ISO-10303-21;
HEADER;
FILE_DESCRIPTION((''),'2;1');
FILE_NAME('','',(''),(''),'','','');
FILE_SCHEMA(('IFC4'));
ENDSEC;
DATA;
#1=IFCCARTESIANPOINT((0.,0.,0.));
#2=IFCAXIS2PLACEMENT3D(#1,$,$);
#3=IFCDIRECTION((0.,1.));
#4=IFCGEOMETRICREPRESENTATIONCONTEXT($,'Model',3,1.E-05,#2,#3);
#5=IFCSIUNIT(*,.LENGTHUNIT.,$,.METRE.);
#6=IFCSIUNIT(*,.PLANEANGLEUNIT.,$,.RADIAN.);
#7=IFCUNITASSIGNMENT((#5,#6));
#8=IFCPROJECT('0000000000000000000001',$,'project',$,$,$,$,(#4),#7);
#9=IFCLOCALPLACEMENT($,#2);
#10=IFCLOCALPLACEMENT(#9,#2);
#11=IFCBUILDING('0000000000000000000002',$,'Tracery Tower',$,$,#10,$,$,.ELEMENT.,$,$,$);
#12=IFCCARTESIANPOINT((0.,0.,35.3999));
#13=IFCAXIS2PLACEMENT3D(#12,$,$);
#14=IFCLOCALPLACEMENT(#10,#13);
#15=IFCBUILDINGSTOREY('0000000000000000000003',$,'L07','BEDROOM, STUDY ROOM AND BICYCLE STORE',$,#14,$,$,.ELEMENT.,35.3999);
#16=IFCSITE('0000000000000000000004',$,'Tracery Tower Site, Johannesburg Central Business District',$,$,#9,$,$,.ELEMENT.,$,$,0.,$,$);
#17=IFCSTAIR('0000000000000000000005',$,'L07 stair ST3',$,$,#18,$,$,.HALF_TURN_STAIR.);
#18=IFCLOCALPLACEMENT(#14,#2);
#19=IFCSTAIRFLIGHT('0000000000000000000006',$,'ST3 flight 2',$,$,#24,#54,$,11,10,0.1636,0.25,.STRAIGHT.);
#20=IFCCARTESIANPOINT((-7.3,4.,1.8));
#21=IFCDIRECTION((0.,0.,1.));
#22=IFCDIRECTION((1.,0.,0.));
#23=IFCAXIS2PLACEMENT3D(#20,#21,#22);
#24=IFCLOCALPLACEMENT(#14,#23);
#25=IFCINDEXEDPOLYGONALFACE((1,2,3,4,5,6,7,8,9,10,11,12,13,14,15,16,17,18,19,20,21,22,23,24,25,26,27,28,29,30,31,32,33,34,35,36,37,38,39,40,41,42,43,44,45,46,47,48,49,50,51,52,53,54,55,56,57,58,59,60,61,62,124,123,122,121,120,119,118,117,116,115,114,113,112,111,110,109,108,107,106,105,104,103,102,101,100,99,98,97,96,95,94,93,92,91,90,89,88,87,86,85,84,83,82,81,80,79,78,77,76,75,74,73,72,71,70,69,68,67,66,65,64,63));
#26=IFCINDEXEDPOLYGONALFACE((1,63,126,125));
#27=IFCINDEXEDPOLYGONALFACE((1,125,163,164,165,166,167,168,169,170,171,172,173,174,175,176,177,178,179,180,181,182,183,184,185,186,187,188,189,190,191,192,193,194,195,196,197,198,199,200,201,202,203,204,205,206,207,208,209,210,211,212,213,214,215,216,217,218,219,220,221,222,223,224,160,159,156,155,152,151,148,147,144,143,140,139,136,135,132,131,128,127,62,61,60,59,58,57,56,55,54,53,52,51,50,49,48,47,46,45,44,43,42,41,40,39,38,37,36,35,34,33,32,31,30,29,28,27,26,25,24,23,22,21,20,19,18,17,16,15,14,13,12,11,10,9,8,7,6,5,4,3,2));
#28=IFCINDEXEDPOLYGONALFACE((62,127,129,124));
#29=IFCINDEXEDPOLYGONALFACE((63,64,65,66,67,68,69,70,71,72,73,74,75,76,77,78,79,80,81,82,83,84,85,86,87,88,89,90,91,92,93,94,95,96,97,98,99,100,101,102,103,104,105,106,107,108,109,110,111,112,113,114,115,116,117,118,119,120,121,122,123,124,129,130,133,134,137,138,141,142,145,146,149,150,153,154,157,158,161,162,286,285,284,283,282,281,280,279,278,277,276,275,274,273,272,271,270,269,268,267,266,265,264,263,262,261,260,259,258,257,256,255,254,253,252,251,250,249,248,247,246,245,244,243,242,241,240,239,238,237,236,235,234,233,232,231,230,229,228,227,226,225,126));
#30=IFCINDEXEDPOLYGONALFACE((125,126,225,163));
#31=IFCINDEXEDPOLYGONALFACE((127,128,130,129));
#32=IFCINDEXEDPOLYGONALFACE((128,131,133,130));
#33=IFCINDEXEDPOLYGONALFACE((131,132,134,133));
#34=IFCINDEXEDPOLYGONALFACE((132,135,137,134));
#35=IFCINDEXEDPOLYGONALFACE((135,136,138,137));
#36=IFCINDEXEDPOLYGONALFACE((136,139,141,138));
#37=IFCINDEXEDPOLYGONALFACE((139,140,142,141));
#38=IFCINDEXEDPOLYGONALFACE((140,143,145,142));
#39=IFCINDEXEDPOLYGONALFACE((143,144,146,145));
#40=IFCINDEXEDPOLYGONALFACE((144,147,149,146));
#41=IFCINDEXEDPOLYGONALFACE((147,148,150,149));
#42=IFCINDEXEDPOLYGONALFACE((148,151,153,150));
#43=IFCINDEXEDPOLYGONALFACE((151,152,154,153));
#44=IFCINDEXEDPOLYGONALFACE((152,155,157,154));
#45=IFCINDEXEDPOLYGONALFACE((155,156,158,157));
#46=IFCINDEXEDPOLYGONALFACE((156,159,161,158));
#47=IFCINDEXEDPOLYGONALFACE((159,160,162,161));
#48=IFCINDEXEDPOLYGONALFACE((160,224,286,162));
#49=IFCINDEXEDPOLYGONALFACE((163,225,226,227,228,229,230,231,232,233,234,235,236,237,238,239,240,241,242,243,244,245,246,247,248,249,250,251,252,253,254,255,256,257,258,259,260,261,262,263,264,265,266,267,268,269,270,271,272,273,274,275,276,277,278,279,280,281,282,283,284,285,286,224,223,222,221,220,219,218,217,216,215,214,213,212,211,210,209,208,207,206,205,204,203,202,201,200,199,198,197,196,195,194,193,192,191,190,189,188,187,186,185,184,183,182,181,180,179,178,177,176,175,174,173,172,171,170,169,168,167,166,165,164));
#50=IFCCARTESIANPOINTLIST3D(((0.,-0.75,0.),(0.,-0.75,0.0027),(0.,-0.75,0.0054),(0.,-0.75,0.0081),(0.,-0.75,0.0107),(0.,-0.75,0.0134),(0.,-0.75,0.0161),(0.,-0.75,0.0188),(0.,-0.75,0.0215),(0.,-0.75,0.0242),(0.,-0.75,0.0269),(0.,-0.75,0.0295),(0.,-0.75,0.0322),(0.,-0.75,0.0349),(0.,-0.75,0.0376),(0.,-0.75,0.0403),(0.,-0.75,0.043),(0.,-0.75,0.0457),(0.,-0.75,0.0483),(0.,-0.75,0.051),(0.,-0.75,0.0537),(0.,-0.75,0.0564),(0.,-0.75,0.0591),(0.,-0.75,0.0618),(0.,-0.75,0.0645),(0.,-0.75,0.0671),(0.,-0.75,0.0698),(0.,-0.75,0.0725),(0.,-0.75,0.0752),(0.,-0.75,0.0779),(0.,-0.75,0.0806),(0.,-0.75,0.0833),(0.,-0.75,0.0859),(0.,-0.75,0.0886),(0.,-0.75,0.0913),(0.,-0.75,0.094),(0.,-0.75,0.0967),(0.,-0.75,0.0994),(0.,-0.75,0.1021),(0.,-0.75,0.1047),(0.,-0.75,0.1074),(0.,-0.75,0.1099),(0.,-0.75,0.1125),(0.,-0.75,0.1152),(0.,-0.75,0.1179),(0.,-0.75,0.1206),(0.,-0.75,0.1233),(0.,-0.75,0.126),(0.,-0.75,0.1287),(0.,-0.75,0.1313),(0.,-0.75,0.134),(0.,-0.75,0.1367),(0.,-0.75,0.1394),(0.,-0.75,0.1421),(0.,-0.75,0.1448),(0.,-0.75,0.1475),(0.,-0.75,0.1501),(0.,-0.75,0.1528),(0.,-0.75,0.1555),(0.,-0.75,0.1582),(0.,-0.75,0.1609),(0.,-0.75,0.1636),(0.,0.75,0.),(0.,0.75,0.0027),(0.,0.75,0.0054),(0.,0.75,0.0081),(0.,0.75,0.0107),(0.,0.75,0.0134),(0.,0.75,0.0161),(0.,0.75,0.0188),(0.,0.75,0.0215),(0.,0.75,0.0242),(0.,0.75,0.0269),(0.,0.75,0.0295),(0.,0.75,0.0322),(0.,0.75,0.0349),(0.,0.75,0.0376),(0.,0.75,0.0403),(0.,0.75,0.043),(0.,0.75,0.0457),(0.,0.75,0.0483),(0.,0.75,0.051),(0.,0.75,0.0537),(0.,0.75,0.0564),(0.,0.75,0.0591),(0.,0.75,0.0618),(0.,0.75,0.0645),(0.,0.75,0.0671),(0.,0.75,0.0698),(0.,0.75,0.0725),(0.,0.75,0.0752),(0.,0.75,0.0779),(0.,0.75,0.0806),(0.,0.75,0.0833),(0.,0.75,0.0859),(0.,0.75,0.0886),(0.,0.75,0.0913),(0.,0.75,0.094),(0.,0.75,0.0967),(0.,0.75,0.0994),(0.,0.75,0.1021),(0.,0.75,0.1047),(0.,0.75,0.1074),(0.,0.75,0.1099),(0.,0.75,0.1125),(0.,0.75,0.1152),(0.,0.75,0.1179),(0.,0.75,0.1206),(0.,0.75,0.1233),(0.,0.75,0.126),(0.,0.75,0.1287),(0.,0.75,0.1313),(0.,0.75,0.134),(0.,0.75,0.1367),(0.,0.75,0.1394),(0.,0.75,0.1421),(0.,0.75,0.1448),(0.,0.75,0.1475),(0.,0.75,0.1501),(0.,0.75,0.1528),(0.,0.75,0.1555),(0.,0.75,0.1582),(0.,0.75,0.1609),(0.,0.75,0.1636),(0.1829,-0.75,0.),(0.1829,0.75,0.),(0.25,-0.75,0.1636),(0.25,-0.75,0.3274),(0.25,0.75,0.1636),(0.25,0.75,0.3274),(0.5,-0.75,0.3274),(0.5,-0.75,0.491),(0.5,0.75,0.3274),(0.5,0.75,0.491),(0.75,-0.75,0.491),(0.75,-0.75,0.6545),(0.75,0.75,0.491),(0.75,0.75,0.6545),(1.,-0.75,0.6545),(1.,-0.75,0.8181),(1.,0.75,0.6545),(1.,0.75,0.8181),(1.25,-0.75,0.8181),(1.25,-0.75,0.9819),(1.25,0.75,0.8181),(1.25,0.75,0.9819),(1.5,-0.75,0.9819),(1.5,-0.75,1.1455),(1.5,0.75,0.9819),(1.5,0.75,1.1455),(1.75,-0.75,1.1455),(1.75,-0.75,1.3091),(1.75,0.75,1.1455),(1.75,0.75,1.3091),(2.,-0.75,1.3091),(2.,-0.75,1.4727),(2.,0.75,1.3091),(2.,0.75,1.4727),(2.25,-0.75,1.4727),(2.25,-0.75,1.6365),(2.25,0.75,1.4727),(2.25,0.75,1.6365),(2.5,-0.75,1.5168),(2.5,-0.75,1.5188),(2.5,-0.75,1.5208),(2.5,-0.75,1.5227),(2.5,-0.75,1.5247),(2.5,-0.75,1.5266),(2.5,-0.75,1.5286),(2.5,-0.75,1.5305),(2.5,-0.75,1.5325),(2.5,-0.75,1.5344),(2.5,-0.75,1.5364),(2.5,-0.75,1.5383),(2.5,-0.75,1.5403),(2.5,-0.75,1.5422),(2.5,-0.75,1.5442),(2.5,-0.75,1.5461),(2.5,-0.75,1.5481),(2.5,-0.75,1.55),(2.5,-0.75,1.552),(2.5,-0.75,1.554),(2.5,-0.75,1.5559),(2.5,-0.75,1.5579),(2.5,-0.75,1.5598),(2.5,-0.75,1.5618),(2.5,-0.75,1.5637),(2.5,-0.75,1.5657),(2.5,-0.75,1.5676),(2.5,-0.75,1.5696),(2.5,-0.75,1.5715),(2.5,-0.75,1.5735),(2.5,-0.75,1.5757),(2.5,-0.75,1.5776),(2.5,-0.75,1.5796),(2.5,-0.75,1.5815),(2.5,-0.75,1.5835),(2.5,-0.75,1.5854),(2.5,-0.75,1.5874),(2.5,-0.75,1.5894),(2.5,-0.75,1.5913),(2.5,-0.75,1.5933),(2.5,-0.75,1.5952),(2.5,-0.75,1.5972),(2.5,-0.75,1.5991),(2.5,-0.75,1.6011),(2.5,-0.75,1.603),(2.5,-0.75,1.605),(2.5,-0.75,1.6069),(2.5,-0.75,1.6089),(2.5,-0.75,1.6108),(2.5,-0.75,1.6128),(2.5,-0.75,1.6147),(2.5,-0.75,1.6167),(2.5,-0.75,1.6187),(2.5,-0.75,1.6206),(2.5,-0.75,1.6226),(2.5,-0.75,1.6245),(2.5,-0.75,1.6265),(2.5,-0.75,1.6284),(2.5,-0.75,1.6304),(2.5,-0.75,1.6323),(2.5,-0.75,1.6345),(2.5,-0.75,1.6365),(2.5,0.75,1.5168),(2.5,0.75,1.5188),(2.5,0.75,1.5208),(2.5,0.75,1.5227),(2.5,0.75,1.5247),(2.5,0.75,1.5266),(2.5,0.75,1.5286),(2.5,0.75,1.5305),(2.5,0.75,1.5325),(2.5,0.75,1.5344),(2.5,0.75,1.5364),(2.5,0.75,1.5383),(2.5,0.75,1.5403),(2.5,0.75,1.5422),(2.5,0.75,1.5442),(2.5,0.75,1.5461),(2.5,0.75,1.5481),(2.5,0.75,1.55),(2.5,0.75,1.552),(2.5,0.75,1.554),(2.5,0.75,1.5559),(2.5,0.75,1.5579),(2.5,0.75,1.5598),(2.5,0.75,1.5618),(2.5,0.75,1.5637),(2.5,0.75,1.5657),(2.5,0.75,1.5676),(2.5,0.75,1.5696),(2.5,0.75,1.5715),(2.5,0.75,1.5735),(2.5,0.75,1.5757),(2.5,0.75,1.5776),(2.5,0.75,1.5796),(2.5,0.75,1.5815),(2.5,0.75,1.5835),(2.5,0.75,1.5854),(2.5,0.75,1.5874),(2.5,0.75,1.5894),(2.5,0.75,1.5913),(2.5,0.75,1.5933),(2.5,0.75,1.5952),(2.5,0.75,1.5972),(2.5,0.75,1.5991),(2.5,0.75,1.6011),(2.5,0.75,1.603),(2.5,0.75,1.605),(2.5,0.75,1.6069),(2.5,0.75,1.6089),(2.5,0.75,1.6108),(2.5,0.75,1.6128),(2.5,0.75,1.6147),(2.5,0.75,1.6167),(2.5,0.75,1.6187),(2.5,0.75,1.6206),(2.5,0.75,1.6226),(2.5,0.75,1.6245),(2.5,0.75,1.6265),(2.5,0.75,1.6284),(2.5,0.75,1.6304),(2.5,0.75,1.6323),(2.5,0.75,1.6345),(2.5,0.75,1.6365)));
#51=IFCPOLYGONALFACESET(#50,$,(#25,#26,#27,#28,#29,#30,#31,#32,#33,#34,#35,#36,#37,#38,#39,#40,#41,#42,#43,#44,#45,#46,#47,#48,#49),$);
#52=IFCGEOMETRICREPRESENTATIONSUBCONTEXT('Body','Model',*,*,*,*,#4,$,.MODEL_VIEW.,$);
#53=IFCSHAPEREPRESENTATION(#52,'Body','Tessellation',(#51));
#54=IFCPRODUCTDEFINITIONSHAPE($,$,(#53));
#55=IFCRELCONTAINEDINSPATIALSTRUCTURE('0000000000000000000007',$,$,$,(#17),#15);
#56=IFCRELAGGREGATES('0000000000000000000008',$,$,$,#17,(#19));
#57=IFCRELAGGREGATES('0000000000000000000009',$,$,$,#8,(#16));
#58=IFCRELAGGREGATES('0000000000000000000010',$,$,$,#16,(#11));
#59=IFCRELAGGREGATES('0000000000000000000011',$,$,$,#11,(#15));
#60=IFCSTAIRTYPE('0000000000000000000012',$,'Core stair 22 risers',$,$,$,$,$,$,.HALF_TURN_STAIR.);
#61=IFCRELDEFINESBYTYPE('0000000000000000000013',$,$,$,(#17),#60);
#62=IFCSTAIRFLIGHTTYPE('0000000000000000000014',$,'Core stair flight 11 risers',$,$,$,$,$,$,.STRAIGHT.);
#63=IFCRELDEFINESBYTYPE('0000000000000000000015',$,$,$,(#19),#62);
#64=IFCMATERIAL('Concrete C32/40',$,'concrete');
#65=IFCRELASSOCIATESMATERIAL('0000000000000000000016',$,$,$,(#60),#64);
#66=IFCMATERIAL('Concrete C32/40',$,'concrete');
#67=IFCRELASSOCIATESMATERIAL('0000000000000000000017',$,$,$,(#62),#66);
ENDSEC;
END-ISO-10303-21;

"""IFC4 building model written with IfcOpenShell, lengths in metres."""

from ifc_helpers import new_model, si_unit, direction, frame, origin, place, context, subcontext, project, spatial, polyline, outline, extrude, material, type_object, element, aggregate, save


model = new_model("IFC4")

# Units and contexts
model_context = context("Model", 3, precision=1e-05, world=origin(), true_north=direction((0.0, 1.0)))
body_context = subcontext(model_context, "Body", "Model", "MODEL_VIEW")
ifc_project = project(units=[si_unit("LENGTHUNIT", "METRE"), si_unit("PLANEANGLEUNIT", "RADIAN")], contexts=[model_context])

# Site, building, storey
site_placement = place(None, origin())
site = spatial("IfcSite", under=ifc_project, at=site_placement, Name="Tracery Tower Site, Johannesburg Central Business District", CompositionType="ELEMENT", RefElevation=0.0)
building_placement = place(site_placement, origin())
building = spatial("IfcBuilding", under=site, at=building_placement, Name="Tracery Tower", CompositionType="ELEMENT")
storey_placement = place(building_placement, frame((0.0, 0.0, 35.3999)))
storey = spatial("IfcBuildingStorey", under=building, at=storey_placement, Name="L07", Description="BEDROOM, STUDY ROOM AND BICYCLE STORE", CompositionType="ELEMENT", Elevation=35.3999)

# Stair, stair flight
ifc_material_1 = material(Name="Concrete C32/40", Category="concrete")
stair_type = type_object("IfcStairType", Name="Core stair 22 risers", PredefinedType="HALF_TURN_STAIR", material=ifc_material_1)
stair_placement = place(storey_placement, origin())
stair = element("IfcStair", 1, at=stair_placement, inside=storey, type_object=stair_type, Name="L07 stair ST3", PredefinedType="HALF_TURN_STAIR")
ifc_material_2 = material(Name="Concrete C32/40", Category="concrete")
stair_flight_type = type_object("IfcStairFlightType", Name="Core stair flight 11 risers", PredefinedType="STRAIGHT", material=ifc_material_2)
stair_flight_1_placement = place(storey_placement, frame((-7.3, 4.0, 1.8), z_axis=(0.0, 0.0, 1.0), x_axis=(1.0, 0.0, 0.0)))
stair_flight_1 = element("IfcStairFlight", 2, at=stair_flight_1_placement, type_object=stair_flight_type, Name="ST3 flight 2", NumberOfRisers=11, NumberOfTreads=10, PredefinedType="STRAIGHT", RiserHeight=0.1636, TreadLength=0.25, context=body_context, shape_type="SweptSolid", body=[
    extrude(outline(polyline([(0.0, 0.0), (0.0, 0.0027), (0.0, 0.0054), (0.0, 0.0081), (0.0, 0.0107), (0.0, 0.0134), (0.0, 0.0161), (0.0, 0.0188), (0.0, 0.0215), (0.0, 0.0242), (0.0, 0.0269), (0.0, 0.0295), (0.0, 0.0322), (0.0, 0.0349), (0.0, 0.0376), (0.0, 0.0403), (0.0, 0.043), (0.0, 0.0457), (0.0, 0.0483), (0.0, 0.051), (0.0, 0.0537), (0.0, 0.0564), (0.0, 0.0591), (0.0, 0.0618), (0.0, 0.0645), (0.0, 0.0671), (0.0, 0.0698), (0.0, 0.0725), (0.0, 0.0752), (0.0, 0.0779), (0.0, 0.0806), (0.0, 0.0833), (0.0, 0.0859), (0.0, 0.0886), (0.0, 0.0913), (0.0, 0.094), (0.0, 0.0967), (0.0, 0.0994), (0.0, 0.1021), (0.0, 0.1047), (0.0, 0.1074), (0.0, 0.1099), (0.0, 0.1125), (0.0, 0.1152), (0.0, 0.1179), (0.0, 0.1206), (0.0, 0.1233), (0.0, 0.126), (0.0, 0.1287), (0.0, 0.1313), (0.0, 0.134), (0.0, 0.1367), (0.0, 0.1394), (0.0, 0.1421), (0.0, 0.1448), (0.0, 0.1475), (0.0, 0.1501), (0.0, 0.1528), (0.0, 0.1555), (0.0, 0.1582), (0.0, 0.1609), (0.0, 0.1636), (0.25, 0.1636), (0.25, 0.3274), (0.5, 0.3274), (0.5, 0.491), (0.75, 0.491), (0.75, 0.6545), (1.0, 0.6545), (1.0, 0.8181), (1.25, 0.8181), (1.25, 0.9819), (1.5, 0.9819), (1.5, 1.1455), (1.75, 1.1455), (1.75, 1.3091), (2.0, 1.3091), (2.0, 1.4727), (2.25, 1.4727), (2.25, 1.6365), (2.5, 1.6365), (2.5, 1.6345), (2.5, 1.6323), (2.5, 1.6304), (2.5, 1.6284), (2.5, 1.6265), (2.5, 1.6245), (2.5, 1.6226), (2.5, 1.6206), (2.5, 1.6187), (2.5, 1.6167), (2.5, 1.6147), (2.5, 1.6128), (2.5, 1.6108), (2.5, 1.6089), (2.5, 1.6069), (2.5, 1.605), (2.5, 1.603), (2.5, 1.6011), (2.5, 1.5991), (2.5, 1.5972), (2.5, 1.5952), (2.5, 1.5933), (2.5, 1.5913), (2.5, 1.5894), (2.5, 1.5874), (2.5, 1.5854), (2.5, 1.5835), (2.5, 1.5815), (2.5, 1.5796), (2.5, 1.5776), (2.5, 1.5757), (2.5, 1.5735), (2.5, 1.5715), (2.5, 1.5696), (2.5, 1.5676), (2.5, 1.5657), (2.5, 1.5637), (2.5, 1.5618), (2.5, 1.5598), (2.5, 1.5579), (2.5, 1.5559), (2.5, 1.554), (2.5, 1.552), (2.5, 1.55), (2.5, 1.5481), (2.5, 1.5461), (2.5, 1.5442), (2.5, 1.5422), (2.5, 1.5403), (2.5, 1.5383), (2.5, 1.5364), (2.5, 1.5344), (2.5, 1.5325), (2.5, 1.5305), (2.5, 1.5286), (2.5, 1.5266), (2.5, 1.5247), (2.5, 1.5227), (2.5, 1.5208), (2.5, 1.5188), (2.5, 1.5168), (0.1829, 0.0), (0.0, 0.0)])), frame((0.0, 0.75, 0.0), z_axis=(0.0, -1.0, 0.0), x_axis=(1.0, 0.0, 0.0)), (0.0, 0.0, 1.0), 1.5),
])
aggregate(stair, [stair_flight_1])

save(model, "model.ifc")
